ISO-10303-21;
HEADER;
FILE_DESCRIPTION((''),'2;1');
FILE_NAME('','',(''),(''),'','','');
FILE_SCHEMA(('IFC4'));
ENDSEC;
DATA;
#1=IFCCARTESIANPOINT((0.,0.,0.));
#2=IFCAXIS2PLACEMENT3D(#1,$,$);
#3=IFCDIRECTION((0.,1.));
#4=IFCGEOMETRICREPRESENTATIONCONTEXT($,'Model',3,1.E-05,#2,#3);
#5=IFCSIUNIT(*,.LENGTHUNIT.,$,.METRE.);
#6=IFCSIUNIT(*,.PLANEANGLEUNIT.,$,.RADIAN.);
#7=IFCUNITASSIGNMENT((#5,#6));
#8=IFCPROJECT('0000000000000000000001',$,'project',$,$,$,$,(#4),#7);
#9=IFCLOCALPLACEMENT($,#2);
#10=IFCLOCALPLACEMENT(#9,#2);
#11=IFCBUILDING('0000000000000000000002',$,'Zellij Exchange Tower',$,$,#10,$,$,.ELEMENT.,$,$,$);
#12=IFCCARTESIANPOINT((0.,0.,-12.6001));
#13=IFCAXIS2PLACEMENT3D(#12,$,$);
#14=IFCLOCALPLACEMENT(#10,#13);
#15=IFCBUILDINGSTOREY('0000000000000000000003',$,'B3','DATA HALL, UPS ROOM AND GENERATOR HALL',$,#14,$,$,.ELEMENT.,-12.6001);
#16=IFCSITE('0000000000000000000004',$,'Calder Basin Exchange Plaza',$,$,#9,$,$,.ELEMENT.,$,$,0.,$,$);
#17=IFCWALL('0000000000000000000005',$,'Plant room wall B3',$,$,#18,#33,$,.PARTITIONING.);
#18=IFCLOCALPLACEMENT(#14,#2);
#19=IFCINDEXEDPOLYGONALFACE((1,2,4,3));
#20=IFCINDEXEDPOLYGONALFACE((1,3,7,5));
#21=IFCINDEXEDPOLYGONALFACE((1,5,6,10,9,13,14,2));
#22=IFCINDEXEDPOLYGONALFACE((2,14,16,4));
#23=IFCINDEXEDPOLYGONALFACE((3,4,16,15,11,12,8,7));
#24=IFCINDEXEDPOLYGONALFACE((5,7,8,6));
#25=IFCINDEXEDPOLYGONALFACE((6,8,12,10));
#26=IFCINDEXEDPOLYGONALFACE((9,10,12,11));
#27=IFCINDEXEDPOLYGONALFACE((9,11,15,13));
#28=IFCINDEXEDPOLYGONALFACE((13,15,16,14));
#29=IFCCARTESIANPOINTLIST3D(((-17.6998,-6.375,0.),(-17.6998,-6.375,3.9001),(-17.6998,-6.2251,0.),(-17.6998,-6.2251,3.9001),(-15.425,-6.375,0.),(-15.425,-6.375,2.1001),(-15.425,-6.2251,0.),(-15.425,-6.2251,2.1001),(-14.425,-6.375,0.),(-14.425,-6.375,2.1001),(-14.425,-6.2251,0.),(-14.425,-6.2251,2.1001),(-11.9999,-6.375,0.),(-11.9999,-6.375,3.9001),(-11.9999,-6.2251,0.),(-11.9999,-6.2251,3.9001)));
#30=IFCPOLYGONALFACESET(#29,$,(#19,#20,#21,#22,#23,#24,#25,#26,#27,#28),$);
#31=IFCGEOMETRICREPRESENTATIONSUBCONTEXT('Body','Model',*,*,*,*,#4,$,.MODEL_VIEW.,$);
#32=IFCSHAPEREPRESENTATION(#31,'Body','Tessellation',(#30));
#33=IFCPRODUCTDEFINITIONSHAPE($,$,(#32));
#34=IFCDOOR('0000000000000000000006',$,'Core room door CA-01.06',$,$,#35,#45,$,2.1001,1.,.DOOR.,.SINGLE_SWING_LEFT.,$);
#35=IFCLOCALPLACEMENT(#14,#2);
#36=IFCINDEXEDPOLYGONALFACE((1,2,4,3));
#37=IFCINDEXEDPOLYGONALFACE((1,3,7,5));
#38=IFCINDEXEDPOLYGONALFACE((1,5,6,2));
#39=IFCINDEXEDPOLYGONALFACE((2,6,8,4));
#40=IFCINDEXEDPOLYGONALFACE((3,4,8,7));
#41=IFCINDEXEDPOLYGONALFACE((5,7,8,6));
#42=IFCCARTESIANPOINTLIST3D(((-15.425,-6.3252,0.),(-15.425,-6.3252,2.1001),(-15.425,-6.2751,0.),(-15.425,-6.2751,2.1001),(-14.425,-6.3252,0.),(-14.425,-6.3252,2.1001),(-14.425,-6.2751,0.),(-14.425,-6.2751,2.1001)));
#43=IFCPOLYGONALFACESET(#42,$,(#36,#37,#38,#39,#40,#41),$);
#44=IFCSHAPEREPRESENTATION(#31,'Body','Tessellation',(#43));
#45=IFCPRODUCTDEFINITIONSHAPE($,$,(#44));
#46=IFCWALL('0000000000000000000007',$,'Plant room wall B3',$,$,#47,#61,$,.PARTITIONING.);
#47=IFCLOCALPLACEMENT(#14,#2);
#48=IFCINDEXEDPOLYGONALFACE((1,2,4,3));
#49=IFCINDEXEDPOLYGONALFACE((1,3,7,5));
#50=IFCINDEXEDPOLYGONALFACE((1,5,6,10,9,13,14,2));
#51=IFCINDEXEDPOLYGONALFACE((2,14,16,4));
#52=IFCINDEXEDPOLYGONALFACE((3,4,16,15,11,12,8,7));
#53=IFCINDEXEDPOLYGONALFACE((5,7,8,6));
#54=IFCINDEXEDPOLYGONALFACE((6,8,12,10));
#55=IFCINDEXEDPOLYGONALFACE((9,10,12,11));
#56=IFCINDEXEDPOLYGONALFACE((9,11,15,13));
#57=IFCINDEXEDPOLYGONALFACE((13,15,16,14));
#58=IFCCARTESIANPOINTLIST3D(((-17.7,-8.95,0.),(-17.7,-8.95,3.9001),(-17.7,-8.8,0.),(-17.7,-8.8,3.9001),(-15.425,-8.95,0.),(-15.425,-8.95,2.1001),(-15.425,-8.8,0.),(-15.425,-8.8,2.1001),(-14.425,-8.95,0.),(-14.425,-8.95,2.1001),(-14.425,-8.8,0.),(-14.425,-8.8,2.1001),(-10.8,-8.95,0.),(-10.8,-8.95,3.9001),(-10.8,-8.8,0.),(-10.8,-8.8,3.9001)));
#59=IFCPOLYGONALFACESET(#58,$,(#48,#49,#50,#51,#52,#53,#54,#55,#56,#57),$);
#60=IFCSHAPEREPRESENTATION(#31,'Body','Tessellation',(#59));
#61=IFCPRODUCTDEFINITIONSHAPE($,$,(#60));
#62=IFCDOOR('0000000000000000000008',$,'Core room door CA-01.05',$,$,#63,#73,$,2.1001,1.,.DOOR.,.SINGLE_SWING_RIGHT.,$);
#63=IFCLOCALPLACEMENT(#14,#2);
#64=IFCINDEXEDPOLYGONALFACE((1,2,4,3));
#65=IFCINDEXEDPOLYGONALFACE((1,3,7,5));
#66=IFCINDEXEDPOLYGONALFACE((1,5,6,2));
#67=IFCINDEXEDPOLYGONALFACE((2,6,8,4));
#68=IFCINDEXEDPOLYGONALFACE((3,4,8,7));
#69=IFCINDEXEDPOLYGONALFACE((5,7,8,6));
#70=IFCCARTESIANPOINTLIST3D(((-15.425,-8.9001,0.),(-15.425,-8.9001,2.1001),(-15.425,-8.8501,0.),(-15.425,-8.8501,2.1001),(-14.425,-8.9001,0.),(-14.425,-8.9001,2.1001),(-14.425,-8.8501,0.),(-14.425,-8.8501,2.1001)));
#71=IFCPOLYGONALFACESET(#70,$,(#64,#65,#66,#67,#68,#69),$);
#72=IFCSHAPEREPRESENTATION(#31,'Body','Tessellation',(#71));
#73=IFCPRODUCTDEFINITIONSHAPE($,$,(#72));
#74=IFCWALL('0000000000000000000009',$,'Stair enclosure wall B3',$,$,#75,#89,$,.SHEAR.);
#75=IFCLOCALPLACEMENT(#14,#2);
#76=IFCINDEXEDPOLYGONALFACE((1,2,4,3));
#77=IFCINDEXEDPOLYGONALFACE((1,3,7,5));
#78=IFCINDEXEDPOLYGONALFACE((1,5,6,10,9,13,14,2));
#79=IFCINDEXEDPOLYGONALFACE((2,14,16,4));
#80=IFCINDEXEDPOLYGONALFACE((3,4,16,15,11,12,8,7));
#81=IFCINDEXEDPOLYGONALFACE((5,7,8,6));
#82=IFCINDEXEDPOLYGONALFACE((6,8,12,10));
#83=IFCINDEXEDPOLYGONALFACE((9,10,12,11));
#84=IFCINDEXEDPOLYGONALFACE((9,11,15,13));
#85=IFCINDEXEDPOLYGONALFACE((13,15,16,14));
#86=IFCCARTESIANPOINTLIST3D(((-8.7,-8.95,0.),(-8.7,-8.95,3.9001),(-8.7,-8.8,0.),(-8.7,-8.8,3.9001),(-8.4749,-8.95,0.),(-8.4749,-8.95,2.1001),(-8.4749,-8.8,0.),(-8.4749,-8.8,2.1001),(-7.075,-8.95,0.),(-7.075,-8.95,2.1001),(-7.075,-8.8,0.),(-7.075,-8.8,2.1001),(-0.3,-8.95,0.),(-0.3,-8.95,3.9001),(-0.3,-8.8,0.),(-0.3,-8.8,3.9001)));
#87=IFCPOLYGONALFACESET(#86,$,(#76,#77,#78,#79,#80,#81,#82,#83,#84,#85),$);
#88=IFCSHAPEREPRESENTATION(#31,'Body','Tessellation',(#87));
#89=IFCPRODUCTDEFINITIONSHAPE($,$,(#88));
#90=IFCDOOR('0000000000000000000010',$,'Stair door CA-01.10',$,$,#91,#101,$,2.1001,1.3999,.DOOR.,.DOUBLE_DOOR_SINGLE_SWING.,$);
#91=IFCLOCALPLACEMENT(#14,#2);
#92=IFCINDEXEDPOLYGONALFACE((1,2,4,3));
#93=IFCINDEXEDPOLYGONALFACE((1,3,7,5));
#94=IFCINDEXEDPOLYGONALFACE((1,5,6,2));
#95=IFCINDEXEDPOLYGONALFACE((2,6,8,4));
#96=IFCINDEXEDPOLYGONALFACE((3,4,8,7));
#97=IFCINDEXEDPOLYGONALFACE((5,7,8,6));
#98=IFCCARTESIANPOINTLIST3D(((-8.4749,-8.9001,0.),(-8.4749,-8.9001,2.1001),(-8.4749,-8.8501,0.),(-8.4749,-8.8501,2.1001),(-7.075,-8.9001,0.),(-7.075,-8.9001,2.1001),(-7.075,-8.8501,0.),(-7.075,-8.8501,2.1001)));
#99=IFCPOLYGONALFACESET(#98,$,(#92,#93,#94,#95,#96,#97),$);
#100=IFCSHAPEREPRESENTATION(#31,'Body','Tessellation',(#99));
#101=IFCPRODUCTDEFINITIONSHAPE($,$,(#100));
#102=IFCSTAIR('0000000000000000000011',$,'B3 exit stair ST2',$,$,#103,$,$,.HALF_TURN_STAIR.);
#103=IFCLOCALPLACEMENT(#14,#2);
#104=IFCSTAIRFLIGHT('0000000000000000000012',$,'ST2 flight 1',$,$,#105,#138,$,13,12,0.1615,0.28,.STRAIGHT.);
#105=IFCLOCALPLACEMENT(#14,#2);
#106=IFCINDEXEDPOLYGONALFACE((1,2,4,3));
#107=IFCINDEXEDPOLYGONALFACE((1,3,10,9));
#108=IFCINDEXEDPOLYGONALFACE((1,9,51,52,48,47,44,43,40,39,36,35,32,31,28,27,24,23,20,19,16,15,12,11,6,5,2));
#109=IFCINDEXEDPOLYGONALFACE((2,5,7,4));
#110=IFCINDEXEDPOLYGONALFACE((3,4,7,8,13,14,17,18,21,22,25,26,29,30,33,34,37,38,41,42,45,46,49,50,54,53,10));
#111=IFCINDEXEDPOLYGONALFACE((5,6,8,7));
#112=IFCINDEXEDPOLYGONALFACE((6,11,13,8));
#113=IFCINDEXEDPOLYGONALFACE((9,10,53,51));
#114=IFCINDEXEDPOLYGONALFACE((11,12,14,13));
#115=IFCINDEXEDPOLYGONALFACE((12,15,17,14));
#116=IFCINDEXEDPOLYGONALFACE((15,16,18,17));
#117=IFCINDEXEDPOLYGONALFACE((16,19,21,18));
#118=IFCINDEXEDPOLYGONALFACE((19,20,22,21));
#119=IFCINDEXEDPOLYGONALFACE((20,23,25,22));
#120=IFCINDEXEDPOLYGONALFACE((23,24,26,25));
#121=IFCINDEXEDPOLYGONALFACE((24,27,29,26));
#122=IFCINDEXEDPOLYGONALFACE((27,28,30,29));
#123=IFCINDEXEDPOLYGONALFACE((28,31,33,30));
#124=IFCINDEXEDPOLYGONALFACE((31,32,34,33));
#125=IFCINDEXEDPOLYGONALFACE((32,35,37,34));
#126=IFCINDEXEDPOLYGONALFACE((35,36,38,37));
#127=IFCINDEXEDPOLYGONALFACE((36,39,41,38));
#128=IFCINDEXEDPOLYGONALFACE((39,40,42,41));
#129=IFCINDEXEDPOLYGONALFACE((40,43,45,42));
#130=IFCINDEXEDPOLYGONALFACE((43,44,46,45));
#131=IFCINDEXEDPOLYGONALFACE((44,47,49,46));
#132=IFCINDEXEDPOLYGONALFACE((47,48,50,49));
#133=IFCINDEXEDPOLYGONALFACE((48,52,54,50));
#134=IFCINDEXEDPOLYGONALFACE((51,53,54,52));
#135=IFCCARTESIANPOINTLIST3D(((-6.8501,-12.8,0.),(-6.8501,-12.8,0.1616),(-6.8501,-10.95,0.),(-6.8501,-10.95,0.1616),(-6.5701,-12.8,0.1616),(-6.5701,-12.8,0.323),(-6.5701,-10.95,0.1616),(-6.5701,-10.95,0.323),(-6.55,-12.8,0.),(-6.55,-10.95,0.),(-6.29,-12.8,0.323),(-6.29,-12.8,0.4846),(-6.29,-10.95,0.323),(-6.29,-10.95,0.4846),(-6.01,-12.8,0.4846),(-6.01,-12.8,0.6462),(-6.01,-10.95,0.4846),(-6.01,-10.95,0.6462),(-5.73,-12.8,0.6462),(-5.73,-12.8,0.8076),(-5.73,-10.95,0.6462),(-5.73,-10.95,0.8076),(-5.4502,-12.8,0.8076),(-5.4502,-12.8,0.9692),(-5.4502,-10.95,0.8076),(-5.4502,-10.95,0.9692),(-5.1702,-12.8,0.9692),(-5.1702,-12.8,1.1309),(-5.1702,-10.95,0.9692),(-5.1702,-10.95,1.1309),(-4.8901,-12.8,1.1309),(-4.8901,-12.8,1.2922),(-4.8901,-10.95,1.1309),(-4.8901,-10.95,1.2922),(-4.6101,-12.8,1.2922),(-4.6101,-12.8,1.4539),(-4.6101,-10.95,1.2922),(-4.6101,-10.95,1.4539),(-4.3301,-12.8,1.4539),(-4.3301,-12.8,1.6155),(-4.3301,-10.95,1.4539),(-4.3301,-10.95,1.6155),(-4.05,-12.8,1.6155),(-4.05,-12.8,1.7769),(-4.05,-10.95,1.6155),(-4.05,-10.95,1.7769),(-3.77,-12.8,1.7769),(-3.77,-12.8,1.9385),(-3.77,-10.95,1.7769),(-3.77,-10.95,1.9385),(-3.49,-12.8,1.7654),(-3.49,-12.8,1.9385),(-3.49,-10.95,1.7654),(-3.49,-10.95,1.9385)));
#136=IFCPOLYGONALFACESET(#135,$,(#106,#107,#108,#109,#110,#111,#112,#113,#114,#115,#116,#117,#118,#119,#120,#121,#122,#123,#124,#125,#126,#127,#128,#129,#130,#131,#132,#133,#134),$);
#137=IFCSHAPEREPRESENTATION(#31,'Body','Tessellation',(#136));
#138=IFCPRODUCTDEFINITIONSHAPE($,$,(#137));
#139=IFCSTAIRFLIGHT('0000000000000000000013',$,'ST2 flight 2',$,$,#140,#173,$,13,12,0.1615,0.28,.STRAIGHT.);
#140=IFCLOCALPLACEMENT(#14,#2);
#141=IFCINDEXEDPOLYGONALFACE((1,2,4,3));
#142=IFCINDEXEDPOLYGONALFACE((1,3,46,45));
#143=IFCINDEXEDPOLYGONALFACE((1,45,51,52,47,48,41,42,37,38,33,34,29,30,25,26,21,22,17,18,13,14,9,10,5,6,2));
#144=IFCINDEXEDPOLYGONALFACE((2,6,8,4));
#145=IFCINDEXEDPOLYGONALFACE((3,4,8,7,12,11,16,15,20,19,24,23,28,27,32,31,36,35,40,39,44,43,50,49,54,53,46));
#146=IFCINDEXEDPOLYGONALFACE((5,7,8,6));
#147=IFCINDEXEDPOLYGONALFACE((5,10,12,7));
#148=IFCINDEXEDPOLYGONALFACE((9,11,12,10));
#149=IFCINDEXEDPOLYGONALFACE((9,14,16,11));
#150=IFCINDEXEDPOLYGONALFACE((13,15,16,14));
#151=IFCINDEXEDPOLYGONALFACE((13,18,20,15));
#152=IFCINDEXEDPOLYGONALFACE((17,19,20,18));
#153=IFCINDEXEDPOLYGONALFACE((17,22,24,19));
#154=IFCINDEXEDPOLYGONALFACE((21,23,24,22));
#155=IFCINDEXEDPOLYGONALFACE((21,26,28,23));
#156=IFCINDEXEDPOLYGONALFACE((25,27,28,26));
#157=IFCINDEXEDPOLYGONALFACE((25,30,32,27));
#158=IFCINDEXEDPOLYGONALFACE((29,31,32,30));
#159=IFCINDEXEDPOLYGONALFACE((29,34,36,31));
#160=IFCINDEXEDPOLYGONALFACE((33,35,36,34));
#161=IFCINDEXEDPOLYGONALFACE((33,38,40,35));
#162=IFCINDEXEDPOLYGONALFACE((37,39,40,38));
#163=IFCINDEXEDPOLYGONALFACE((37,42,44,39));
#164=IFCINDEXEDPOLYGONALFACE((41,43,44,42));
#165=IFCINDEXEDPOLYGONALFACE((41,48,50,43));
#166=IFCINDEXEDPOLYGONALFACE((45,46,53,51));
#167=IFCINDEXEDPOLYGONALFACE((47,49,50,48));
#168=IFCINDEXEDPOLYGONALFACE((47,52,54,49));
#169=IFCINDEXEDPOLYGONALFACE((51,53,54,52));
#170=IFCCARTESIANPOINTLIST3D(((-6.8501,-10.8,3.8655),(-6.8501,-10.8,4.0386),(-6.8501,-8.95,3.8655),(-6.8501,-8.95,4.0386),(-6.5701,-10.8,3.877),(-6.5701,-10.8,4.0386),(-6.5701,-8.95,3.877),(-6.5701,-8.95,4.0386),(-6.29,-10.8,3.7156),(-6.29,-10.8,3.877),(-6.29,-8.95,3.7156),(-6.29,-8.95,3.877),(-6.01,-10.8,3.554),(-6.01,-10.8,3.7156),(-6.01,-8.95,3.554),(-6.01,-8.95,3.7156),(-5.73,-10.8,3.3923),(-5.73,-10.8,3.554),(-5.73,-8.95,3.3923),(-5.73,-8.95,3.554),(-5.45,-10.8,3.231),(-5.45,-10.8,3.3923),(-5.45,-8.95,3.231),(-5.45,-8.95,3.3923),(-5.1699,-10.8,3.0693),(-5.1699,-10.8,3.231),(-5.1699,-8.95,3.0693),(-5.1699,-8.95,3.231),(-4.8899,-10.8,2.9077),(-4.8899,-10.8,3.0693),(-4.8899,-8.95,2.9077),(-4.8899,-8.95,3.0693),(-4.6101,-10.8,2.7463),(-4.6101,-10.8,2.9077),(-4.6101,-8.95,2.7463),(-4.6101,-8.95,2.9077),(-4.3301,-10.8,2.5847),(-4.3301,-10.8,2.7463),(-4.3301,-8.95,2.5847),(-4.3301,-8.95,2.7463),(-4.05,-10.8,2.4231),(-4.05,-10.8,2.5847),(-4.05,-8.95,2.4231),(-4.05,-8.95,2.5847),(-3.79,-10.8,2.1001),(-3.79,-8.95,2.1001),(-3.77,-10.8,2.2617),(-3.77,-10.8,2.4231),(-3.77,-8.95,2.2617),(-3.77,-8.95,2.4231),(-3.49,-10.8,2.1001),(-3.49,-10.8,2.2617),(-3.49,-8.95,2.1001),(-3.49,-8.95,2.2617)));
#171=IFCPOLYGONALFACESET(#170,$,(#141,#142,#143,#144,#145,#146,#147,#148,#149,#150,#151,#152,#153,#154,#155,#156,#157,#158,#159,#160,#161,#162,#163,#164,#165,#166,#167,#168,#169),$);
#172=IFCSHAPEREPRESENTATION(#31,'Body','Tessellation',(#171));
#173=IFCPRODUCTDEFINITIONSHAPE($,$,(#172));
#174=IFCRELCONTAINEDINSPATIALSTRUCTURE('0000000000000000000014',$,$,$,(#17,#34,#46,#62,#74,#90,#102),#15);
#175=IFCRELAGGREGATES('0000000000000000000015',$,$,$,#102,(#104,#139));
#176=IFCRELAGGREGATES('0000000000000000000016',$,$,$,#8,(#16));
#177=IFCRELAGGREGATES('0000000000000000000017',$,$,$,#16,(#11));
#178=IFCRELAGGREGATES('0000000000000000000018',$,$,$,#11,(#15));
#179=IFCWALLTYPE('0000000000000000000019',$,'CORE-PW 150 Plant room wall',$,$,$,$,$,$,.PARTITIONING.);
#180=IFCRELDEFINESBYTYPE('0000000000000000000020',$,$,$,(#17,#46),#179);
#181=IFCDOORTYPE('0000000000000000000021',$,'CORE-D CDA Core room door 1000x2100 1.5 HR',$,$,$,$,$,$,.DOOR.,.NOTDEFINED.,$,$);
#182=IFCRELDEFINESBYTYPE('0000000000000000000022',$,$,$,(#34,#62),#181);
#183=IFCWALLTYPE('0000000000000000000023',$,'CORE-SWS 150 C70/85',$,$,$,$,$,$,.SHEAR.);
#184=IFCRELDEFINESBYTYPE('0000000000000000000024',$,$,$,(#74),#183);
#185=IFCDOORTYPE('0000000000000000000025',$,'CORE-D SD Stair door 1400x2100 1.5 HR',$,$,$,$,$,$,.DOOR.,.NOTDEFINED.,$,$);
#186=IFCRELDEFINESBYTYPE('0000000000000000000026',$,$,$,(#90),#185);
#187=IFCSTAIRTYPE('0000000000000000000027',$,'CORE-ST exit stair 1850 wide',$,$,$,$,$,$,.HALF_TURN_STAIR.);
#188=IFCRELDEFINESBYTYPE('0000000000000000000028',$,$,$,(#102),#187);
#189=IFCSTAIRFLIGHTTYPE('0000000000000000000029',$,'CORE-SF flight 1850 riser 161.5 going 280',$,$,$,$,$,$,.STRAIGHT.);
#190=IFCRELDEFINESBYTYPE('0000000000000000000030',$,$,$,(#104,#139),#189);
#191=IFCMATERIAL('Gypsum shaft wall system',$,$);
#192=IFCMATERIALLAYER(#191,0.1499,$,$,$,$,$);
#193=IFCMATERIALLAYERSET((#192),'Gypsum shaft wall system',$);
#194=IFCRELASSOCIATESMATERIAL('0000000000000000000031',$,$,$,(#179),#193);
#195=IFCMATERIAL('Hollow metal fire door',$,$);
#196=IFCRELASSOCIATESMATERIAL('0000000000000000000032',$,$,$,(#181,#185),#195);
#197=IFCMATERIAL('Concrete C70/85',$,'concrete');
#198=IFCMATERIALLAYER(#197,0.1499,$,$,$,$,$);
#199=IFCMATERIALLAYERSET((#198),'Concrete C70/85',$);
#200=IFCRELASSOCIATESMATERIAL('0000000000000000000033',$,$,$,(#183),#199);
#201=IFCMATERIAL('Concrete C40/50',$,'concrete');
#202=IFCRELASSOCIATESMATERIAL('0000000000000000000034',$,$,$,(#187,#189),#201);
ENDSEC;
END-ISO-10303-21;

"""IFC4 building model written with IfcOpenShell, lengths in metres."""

from ifc_helpers import new_model, si_unit, direction, frame, frame_2d, origin, place, context, subcontext, project, spatial, polyline, rectangle, outline, extrude, material, layer, layer_set, type_object, element, fill, aggregate, save


model = new_model("IFC4")

# Units and contexts
model_context = context("Model", 3, precision=1e-05, world=origin(), true_north=direction((0.0, 1.0)))
body_context = subcontext(model_context, "Body", "Model", "MODEL_VIEW")
ifc_project = project(units=[si_unit("LENGTHUNIT", "METRE"), si_unit("PLANEANGLEUNIT", "RADIAN")], contexts=[model_context])

# Site, building, storey
site_placement = place(None, origin())
site = spatial("IfcSite", under=ifc_project, at=site_placement, Name="Calder Basin Exchange Plaza", CompositionType="ELEMENT", RefElevation=0.0)
building_placement = place(site_placement, origin())
building = spatial("IfcBuilding", under=site, at=building_placement, Name="Zellij Exchange Tower", CompositionType="ELEMENT")
storey_placement = place(building_placement, frame((0.0, 0.0, -12.6001)))
storey = spatial("IfcBuildingStorey", under=building, at=storey_placement, Name="B3", Description="DATA HALL, UPS ROOM AND GENERATOR HALL", CompositionType="ELEMENT", Elevation=-12.6001)

# Shared definitions
ifc_material_1 = material(Name="Concrete C40/50", Category="concrete")

# Shared definitions
ifc_material_2 = material(Name="Concrete C70/85", Category="concrete")

# Shared definitions
ifc_material_3 = material(Name="Gypsum shaft wall system")
ifc_material_4 = material(Name="Hollow metal fire door")
ifc_layer_1 = layer(ifc_material_3, 0.1499)
ifc_layer_set_1 = layer_set([ifc_layer_1], Name="Gypsum shaft wall system")
wall_type_1 = type_object("IfcWallType", Name="CORE-PW 150 Plant room wall", PredefinedType="PARTITIONING", material=ifc_layer_set_1)

# Walls, openings, doors
wall_1_placement = place(storey_placement, frame((-17.7, -6.3, 0.0), z_axis=(0.0, 0.0, 1.0), x_axis=(1.0, 0.0, 0.0)))
wall_1 = element("IfcWall", 1, at=wall_1_placement, inside=storey, type_object=wall_type_1, Name="Plant room wall B3", PredefinedType="PARTITIONING", context=body_context, shape_type="SweptSolid", body=[
    extrude(rectangle(XDim=5.7, YDim=0.1499, at=frame_2d((2.8501, 0.0))), origin(), (0.0, 0.0, 1.0), 3.9001),
])
opening_1_placement = place(wall_1_placement, frame((2.2749, 0.0, 0.0)))
opening_1 = element("IfcOpeningElement", 2, at=opening_1_placement, cuts=wall_1, PredefinedType="OPENING", context=body_context, shape_type="SweptSolid", body=[
    extrude(rectangle(XDim=1.0, YDim=2.1001, at=frame_2d((0.5, 1.05))), frame((0.0, 0.0869, 0.0), z_axis=(0.0, -1.0, 0.0), x_axis=(1.0, 0.0, 0.0)), (0.0, 0.0, 1.0), 0.1738),
])
door_type_1 = type_object("IfcDoorType", Name="CORE-D CDA Core room door 1000x2100 1.5 HR", OperationType="NOTDEFINED", PredefinedType="DOOR", material=ifc_material_4)
door_1_placement = place(opening_1_placement, origin())
door_1 = element("IfcDoor", 3, at=door_1_placement, inside=storey, type_object=door_type_1, Name="Core room door CA-01.06", OperationType="SINGLE_SWING_LEFT", OverallHeight=2.1001, OverallWidth=1.0, PredefinedType="DOOR", context=body_context, shape_type="SweptSolid", body=[
    extrude(rectangle(XDim=1.0, YDim=2.1001, at=frame_2d((0.5, 1.05))), frame((0.0, 0.0249, 0.0), z_axis=(0.0, -1.0, 0.0), x_axis=(1.0, 0.0, 0.0)), (0.0, 0.0, 1.0), 0.05),
])
fill(opening_1, door_1)
wall_2_placement = place(storey_placement, frame((-17.7, -8.875, 0.0), z_axis=(0.0, 0.0, 1.0), x_axis=(1.0, 0.0, 0.0)))
wall_2 = element("IfcWall", 4, at=wall_2_placement, inside=storey, type_object=wall_type_1, Name="Plant room wall B3", PredefinedType="PARTITIONING", context=body_context, shape_type="SweptSolid", body=[
    extrude(rectangle(XDim=6.8999, YDim=0.1499, at=frame_2d((3.45, 0.0))), origin(), (0.0, 0.0, 1.0), 3.9001),
])
opening_2_placement = place(wall_2_placement, frame((2.2749, 0.0, 0.0)))
opening_2 = element("IfcOpeningElement", 5, at=opening_2_placement, cuts=wall_2, PredefinedType="OPENING", context=body_context, shape_type="SweptSolid", body=[
    extrude(rectangle(XDim=1.0, YDim=2.1001, at=frame_2d((0.5, 1.05))), frame((0.0, 0.0869, 0.0), z_axis=(0.0, -1.0, 0.0), x_axis=(1.0, 0.0, 0.0)), (0.0, 0.0, 1.0), 0.1738),
])
door_2_placement = place(opening_2_placement, origin())
door_2 = element("IfcDoor", 6, at=door_2_placement, inside=storey, type_object=door_type_1, Name="Core room door CA-01.05", OperationType="SINGLE_SWING_RIGHT", OverallHeight=2.1001, OverallWidth=1.0, PredefinedType="DOOR", context=body_context, shape_type="SweptSolid", body=[
    extrude(rectangle(XDim=1.0, YDim=2.1001, at=frame_2d((0.5, 1.05))), frame((0.0, 0.0249, 0.0), z_axis=(0.0, -1.0, 0.0), x_axis=(1.0, 0.0, 0.0)), (0.0, 0.0, 1.0), 0.05),
])
fill(opening_2, door_2)
ifc_layer_2 = layer(ifc_material_2, 0.1499)
ifc_layer_set_2 = layer_set([ifc_layer_2], Name="Concrete C70/85")
wall_type_2 = type_object("IfcWallType", Name="CORE-SWS 150 C70/85", PredefinedType="SHEAR", material=ifc_layer_set_2)
wall_3_placement = place(storey_placement, frame((-8.7, -8.875, 0.0), z_axis=(0.0, 0.0, 1.0), x_axis=(1.0, 0.0, 0.0)))
wall_3 = element("IfcWall", 7, at=wall_3_placement, inside=storey, type_object=wall_type_2, Name="Stair enclosure wall B3", PredefinedType="SHEAR", context=body_context, shape_type="SweptSolid", body=[
    extrude(rectangle(XDim=8.3999, YDim=0.1499, at=frame_2d((4.2, 0.0))), origin(), (0.0, 0.0, 1.0), 3.9001),
])
opening_3_placement = place(wall_3_placement, frame((0.2251, 0.0, 0.0)))
opening_3 = element("IfcOpeningElement", 8, at=opening_3_placement, cuts=wall_3, PredefinedType="OPENING", context=body_context, shape_type="SweptSolid", body=[
    extrude(rectangle(XDim=1.3999, YDim=2.1001, at=frame_2d((0.7, 1.05))), frame((0.0, 0.0869, 0.0), z_axis=(0.0, -1.0, 0.0), x_axis=(1.0, 0.0, 0.0)), (0.0, 0.0, 1.0), 0.1738),
])
door_type_2 = type_object("IfcDoorType", Name="CORE-D SD Stair door 1400x2100 1.5 HR", OperationType="NOTDEFINED", PredefinedType="DOOR", material=ifc_material_4)
door_3_placement = place(opening_3_placement, origin())
door_3 = element("IfcDoor", 9, at=door_3_placement, inside=storey, type_object=door_type_2, Name="Stair door CA-01.10", OperationType="DOUBLE_DOOR_SINGLE_SWING", OverallHeight=2.1001, OverallWidth=1.3999, PredefinedType="DOOR", context=body_context, shape_type="SweptSolid", body=[
    extrude(rectangle(XDim=1.3999, YDim=2.1001, at=frame_2d((0.7, 1.05))), frame((0.0, 0.0249, 0.0), z_axis=(0.0, -1.0, 0.0), x_axis=(1.0, 0.0, 0.0)), (0.0, 0.0, 1.0), 0.05),
])
fill(opening_3, door_3)

# Stair, stair flights
stair_type = type_object("IfcStairType", Name="CORE-ST exit stair 1850 wide", PredefinedType="HALF_TURN_STAIR", material=ifc_material_1)
stair_placement = place(storey_placement, origin())
stair = element("IfcStair", 10, at=stair_placement, inside=storey, type_object=stair_type, Name="B3 exit stair ST2", PredefinedType="HALF_TURN_STAIR")
stair_flight_type = type_object("IfcStairFlightType", Name="CORE-SF flight 1850 riser 161.5 going 280", PredefinedType="STRAIGHT", material=ifc_material_1)
stair_flight_1_placement = place(storey_placement, frame((-6.8501, -11.875, 0.0), z_axis=(0.0, 0.0, 1.0), x_axis=(1.0, 0.0, 0.0)))
stair_flight_1 = element("IfcStairFlight", 11, at=stair_flight_1_placement, type_object=stair_flight_type, Name="ST2 flight 1", NumberOfRisers=13, NumberOfTreads=12, PredefinedType="STRAIGHT", RiserHeight=0.1615, TreadLength=0.28, context=body_context, shape_type="SweptSolid", body=[
    extrude(outline(polyline([(0.0, 0.0), (0.0, 0.1616), (0.28, 0.1616), (0.28, 0.323), (0.5601, 0.323), (0.5601, 0.4846), (0.8401, 0.4846), (0.8401, 0.6462), (1.1201, 0.6462), (1.1201, 0.8076), (1.3999, 0.8076), (1.3999, 0.9692), (1.6799, 0.9692), (1.6799, 1.1309), (1.96, 1.1309), (1.96, 1.2922), (2.24, 1.2922), (2.24, 1.4539), (2.52, 1.4539), (2.52, 1.6155), (2.8, 1.6155), (2.8, 1.7769), (3.0801, 1.7769), (3.0801, 1.9385), (3.3601, 1.9385), (3.3601, 2.1001), (3.3601, 1.7654), (0.3, 0.0), (0.0, 0.0)])), frame((0.0, 0.925, 0.0), z_axis=(0.0, -1.0, 0.0), x_axis=(1.0, 0.0, 0.0)), (0.0, 0.0, 1.0), 1.8501),
])
stair_flight_2_placement = place(storey_placement, frame((-3.49, -9.875, 2.1001), z_axis=(0.0, 0.0, 1.0), x_axis=(-1.0, 0.0, 0.0)))
stair_flight_2 = element("IfcStairFlight", 12, at=stair_flight_2_placement, type_object=stair_flight_type, Name="ST2 flight 2", NumberOfRisers=13, NumberOfTreads=12, PredefinedType="STRAIGHT", RiserHeight=0.1615, TreadLength=0.28, context=body_context, shape_type="SweptSolid", body=[
    extrude(outline(polyline([(0.0, 0.0), (0.0, 0.1616), (0.28, 0.1616), (0.28, 0.323), (0.5601, 0.323), (0.5601, 0.4846), (0.8401, 0.4846), (0.8401, 0.6462), (1.1201, 0.6462), (1.1201, 0.8076), (1.3999, 0.8076), (1.3999, 0.9692), (1.6799, 0.9692), (1.6799, 1.1309), (1.96, 1.1309), (1.96, 1.2922), (2.24, 1.2922), (2.24, 1.4539), (2.52, 1.4539), (2.52, 1.6155), (2.8, 1.6155), (2.8, 1.7769), (3.0801, 1.7769), (3.0801, 1.9385), (3.3601, 1.9385), (3.3601, 2.1001), (3.3601, 1.7654), (0.3, 0.0), (0.0, 0.0)])), frame((0.0, 0.925, 0.0), z_axis=(0.0, -1.0, 0.0), x_axis=(1.0, 0.0, 0.0)), (0.0, 0.0, 1.0), 1.8501),
])
aggregate(stair, [stair_flight_1, stair_flight_2])

save(model, "model.ifc")
